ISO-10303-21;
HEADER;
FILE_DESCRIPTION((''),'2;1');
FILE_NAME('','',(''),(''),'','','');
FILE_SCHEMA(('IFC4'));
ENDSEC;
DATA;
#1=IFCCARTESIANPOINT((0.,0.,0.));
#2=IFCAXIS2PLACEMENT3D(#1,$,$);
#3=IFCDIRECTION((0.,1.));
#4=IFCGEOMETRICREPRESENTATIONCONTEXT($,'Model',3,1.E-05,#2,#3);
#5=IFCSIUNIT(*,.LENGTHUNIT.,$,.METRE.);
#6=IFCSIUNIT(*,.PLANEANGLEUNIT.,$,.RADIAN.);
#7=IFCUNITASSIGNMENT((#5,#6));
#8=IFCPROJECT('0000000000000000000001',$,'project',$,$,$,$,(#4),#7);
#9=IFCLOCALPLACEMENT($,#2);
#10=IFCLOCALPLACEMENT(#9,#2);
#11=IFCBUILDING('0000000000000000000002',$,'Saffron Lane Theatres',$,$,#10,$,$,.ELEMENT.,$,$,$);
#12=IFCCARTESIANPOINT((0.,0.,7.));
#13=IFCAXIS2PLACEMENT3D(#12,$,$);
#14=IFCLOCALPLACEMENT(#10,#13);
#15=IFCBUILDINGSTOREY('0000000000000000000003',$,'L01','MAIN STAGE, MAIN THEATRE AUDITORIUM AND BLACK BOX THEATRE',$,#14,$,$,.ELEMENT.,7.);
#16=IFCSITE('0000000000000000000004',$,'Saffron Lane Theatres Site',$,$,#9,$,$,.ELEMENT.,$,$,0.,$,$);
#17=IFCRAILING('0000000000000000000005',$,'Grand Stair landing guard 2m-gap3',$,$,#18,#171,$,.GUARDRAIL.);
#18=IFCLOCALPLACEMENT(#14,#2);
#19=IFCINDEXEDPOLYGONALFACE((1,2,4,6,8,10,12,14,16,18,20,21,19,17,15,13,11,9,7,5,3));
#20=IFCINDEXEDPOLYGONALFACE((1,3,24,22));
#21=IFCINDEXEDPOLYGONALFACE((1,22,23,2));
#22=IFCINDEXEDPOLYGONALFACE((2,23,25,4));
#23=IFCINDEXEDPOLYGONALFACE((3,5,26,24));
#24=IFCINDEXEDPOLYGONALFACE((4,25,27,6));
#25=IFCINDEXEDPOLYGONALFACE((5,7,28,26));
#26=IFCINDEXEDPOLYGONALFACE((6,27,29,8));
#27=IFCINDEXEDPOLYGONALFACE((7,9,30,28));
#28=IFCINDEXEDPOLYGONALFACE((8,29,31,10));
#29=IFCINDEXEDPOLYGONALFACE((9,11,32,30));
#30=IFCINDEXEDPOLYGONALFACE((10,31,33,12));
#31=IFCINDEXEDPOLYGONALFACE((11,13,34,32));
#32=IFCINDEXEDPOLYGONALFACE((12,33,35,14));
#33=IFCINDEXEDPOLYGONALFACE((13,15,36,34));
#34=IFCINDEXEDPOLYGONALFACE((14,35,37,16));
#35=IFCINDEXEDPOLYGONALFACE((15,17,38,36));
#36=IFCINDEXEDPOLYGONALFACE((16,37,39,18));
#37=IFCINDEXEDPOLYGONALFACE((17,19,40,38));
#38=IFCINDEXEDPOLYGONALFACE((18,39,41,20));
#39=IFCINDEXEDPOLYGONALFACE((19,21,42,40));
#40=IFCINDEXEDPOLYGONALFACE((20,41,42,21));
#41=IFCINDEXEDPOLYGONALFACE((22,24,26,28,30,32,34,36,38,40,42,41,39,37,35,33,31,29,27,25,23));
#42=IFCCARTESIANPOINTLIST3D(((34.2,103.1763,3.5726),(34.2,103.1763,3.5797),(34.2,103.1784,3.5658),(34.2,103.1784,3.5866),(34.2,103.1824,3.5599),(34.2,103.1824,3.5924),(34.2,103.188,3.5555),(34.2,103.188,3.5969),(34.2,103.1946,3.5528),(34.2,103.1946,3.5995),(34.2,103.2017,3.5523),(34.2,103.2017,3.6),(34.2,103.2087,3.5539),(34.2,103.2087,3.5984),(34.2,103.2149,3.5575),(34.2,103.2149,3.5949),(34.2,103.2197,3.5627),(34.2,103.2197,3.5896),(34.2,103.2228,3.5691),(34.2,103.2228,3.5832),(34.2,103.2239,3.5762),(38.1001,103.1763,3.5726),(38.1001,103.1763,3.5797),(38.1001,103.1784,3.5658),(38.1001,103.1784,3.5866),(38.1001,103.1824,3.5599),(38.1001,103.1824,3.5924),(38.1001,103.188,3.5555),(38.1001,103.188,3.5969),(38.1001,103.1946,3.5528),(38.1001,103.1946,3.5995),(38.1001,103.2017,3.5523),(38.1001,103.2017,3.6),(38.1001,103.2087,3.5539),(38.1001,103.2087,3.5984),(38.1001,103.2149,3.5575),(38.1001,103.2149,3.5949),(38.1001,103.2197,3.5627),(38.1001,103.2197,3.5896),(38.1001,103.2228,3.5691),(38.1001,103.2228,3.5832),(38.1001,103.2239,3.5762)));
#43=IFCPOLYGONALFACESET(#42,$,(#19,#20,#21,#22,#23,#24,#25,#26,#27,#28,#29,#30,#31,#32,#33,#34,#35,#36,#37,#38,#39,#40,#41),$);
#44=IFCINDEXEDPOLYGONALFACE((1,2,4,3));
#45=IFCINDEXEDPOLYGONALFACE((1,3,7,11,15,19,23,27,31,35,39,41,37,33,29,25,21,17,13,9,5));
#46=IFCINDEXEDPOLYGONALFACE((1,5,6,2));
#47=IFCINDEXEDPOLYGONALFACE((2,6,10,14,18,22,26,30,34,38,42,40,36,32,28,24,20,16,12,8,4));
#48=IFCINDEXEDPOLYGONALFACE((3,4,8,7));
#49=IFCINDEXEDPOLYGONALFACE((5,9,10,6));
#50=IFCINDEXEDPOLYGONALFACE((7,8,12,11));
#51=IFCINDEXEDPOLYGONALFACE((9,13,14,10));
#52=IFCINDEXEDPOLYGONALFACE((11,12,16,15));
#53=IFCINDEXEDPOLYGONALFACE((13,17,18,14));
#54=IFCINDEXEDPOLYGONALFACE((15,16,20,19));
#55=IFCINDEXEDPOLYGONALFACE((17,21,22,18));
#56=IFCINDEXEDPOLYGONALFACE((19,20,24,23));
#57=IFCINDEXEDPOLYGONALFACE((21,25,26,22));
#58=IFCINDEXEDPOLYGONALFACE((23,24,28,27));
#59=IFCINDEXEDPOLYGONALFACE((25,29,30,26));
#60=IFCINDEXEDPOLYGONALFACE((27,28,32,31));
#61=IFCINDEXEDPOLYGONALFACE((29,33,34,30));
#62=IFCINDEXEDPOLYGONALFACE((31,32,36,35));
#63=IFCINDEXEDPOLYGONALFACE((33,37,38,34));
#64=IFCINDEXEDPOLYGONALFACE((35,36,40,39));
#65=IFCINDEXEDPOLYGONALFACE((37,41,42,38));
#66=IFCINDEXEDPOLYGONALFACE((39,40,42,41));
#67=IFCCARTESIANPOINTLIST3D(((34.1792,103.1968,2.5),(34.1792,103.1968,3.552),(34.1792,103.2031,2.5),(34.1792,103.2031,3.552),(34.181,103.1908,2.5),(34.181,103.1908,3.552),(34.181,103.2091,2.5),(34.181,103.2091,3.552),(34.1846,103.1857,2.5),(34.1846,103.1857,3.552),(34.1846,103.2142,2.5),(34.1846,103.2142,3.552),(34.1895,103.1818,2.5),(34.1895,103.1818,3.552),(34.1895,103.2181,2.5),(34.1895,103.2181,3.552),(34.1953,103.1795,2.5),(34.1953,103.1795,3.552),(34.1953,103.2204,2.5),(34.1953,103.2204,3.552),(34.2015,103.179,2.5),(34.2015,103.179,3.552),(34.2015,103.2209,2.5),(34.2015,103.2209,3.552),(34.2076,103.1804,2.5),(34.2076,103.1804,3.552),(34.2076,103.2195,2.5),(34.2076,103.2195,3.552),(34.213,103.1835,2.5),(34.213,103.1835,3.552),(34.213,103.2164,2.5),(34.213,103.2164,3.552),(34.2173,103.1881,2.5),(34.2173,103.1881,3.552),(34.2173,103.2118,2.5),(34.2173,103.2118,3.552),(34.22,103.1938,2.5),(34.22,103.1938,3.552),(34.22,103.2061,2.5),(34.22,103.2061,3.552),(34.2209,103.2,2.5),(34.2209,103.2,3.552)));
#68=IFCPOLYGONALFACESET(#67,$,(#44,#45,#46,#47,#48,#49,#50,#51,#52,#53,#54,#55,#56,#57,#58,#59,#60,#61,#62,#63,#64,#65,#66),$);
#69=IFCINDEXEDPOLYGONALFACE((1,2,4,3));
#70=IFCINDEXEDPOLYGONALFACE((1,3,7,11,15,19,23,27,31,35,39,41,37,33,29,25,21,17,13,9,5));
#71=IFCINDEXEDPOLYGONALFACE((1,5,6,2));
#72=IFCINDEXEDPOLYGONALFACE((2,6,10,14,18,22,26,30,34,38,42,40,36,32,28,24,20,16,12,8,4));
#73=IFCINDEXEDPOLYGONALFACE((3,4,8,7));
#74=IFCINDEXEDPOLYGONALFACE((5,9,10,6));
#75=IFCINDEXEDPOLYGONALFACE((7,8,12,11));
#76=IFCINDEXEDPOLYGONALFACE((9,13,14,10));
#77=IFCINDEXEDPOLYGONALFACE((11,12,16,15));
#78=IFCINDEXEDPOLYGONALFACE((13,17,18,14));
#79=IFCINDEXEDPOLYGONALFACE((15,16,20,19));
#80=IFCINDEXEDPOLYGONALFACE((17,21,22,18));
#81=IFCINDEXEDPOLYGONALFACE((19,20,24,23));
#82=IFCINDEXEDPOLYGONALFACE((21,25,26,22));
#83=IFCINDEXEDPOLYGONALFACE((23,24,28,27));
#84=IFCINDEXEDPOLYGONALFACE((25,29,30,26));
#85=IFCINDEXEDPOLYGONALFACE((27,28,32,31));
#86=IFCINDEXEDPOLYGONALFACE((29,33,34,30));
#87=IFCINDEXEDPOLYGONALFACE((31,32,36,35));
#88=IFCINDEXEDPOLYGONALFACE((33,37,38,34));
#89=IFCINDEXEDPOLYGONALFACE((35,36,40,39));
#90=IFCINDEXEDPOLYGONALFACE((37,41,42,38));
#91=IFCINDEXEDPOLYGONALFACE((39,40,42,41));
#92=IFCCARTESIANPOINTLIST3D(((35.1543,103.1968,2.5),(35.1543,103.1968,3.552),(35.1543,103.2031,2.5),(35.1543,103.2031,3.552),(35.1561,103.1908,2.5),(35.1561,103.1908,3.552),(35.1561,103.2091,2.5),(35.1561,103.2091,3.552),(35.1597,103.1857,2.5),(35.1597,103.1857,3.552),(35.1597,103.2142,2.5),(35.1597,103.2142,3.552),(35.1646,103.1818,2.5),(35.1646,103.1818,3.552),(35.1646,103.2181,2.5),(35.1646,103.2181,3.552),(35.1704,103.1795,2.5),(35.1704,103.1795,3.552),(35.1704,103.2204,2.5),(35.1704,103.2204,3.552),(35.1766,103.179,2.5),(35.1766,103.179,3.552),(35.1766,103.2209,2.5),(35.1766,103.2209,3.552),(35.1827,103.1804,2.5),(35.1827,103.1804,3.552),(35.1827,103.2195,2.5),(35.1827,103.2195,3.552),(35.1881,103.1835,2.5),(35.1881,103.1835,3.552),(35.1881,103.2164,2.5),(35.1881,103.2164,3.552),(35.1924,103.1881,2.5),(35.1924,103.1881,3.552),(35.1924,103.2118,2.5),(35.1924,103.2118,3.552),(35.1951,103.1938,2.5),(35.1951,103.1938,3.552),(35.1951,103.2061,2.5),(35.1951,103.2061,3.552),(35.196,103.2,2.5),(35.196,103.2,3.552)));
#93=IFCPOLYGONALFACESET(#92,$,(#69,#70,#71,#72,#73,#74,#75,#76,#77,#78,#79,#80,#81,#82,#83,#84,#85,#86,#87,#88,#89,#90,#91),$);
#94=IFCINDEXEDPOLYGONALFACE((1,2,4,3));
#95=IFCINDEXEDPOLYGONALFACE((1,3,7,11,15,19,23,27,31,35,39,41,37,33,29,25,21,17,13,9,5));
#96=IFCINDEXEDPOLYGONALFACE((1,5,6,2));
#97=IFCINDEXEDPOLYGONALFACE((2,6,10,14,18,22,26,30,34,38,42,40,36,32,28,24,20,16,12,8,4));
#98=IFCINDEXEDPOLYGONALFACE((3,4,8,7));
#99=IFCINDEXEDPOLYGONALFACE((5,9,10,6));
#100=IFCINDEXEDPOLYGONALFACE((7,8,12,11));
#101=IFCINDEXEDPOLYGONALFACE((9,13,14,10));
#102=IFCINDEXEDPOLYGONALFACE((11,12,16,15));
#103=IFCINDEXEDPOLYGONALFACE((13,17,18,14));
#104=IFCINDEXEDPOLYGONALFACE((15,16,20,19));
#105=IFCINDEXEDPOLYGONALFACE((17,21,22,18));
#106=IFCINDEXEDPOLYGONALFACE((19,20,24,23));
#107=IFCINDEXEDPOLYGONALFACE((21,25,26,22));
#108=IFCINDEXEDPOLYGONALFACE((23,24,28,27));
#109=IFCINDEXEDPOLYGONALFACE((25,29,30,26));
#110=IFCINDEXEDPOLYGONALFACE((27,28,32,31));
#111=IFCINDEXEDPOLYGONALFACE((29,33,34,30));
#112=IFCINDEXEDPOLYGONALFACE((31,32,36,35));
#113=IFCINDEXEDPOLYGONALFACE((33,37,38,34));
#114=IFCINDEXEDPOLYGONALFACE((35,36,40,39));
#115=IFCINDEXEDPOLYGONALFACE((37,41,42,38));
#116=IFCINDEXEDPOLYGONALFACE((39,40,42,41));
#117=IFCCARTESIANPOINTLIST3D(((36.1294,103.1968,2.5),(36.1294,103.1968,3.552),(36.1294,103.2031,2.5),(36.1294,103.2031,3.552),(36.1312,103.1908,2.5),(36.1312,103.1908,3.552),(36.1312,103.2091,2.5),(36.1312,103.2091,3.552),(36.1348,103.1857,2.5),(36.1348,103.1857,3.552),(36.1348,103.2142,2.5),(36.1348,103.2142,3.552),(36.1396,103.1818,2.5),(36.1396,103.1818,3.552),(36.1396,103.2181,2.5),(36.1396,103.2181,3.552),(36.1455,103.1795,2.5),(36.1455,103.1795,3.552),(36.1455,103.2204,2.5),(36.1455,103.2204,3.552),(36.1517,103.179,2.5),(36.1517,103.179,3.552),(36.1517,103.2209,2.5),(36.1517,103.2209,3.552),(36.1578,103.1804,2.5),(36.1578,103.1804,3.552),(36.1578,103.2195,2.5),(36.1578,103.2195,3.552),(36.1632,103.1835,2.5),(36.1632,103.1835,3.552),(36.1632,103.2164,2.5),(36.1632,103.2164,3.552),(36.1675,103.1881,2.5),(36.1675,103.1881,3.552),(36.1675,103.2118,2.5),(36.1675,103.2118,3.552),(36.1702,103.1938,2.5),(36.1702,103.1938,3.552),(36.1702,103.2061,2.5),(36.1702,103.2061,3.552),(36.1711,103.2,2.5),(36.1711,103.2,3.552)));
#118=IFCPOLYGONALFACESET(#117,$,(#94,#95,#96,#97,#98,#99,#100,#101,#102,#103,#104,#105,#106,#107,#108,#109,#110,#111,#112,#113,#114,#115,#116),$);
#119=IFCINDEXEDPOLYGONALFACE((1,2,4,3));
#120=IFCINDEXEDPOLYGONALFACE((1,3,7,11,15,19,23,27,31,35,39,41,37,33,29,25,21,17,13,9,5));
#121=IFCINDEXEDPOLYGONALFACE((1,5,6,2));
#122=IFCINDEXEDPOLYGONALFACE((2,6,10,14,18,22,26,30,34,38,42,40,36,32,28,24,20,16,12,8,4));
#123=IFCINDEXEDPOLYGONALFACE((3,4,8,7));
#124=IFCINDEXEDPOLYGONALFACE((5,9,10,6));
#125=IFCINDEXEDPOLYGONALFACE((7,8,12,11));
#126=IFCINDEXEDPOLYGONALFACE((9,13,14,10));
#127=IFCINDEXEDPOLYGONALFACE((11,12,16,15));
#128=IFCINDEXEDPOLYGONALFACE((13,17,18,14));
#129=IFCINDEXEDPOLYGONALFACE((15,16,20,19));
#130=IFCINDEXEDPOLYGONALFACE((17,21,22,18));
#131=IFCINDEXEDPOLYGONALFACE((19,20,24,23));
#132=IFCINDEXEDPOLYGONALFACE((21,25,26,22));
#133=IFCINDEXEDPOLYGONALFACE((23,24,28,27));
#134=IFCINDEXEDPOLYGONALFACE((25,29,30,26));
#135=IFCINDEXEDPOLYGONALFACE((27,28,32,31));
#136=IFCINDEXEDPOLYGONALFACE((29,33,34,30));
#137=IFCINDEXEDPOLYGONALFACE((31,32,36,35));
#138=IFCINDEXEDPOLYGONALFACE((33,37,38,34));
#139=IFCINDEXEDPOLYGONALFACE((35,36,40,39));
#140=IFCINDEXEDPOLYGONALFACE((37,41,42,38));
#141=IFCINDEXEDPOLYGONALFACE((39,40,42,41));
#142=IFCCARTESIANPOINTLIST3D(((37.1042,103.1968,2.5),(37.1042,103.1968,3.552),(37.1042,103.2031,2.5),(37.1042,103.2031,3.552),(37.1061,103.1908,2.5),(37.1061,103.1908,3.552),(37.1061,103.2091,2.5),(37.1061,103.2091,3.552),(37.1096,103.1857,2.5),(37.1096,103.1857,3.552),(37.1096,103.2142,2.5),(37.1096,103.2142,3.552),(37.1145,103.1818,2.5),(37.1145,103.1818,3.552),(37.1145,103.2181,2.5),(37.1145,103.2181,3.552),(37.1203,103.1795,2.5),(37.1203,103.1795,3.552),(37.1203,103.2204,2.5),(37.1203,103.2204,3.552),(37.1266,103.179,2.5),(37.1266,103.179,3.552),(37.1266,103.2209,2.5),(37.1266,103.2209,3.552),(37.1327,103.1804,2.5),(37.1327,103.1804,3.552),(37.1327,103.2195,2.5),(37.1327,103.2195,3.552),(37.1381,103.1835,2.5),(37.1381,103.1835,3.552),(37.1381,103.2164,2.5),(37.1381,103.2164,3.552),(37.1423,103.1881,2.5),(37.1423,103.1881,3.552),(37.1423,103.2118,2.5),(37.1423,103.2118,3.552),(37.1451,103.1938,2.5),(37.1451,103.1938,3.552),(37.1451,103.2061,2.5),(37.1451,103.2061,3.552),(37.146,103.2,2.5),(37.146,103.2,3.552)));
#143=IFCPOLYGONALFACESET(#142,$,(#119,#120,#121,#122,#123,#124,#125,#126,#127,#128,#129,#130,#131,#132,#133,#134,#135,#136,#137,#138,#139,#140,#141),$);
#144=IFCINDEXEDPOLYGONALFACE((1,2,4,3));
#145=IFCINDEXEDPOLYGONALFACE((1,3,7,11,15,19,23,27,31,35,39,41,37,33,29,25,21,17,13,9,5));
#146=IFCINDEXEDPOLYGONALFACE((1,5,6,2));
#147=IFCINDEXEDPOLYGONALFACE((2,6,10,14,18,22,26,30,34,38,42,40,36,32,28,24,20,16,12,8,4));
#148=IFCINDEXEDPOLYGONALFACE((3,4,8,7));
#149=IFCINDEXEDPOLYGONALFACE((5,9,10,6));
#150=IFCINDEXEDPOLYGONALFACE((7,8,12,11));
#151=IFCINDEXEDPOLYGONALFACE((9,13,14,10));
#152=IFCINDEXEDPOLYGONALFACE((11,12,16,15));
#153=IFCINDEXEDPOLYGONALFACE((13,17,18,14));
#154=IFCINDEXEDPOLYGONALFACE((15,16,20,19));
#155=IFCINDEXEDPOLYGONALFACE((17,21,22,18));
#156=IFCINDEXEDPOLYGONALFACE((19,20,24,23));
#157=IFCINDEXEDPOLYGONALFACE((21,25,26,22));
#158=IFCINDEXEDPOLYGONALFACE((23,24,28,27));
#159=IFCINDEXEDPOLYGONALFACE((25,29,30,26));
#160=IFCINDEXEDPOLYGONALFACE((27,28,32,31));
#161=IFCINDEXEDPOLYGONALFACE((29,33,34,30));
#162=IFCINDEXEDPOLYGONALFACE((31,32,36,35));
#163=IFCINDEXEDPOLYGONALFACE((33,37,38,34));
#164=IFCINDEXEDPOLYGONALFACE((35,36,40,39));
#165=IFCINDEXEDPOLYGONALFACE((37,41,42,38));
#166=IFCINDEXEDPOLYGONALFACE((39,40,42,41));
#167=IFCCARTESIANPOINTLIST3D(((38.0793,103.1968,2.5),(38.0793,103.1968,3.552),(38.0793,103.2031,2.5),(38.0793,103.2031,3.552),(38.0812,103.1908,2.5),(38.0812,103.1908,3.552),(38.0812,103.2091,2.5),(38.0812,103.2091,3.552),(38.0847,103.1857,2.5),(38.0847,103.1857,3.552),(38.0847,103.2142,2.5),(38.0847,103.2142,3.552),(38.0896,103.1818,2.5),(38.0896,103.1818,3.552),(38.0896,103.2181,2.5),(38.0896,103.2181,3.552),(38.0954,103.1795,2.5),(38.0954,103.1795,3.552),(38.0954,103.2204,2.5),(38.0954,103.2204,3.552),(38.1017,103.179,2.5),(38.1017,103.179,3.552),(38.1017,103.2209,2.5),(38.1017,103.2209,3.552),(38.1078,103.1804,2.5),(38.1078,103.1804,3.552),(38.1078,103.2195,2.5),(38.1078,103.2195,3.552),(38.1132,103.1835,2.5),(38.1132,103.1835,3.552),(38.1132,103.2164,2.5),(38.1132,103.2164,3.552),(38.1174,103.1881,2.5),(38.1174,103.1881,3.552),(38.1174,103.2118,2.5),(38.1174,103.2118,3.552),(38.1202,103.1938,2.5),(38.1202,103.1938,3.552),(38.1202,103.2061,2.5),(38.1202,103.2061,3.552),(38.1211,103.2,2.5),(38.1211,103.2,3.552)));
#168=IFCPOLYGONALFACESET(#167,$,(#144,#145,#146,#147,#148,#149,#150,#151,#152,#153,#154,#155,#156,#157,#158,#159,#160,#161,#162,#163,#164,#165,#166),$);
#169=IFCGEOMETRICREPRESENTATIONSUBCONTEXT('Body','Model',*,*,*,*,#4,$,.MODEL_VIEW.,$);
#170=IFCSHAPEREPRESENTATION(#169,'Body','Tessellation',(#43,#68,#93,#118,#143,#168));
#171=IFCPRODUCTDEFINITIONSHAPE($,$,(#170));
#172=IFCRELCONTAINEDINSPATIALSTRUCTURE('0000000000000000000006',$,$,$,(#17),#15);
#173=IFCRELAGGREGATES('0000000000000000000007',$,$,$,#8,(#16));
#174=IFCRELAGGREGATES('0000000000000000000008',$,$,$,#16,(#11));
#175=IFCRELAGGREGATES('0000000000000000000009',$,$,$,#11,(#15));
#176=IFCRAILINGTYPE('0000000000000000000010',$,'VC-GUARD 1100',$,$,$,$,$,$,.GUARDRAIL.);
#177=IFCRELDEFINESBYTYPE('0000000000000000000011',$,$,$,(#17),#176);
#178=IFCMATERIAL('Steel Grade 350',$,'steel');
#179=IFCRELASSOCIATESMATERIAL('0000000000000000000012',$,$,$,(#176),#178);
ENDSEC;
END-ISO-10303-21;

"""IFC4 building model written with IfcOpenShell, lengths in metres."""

from ifc_helpers import new_model, si_unit, direction, frame, origin, origin_2d, place, context, subcontext, project, spatial, circle, extrude, material, type_object, element, save


model = new_model("IFC4")

# Units and contexts
model_context = context("Model", 3, precision=1e-05, world=origin(), true_north=direction((0.0, 1.0)))
body_context = subcontext(model_context, "Body", "Model", "MODEL_VIEW")
ifc_project = project(units=[si_unit("LENGTHUNIT", "METRE"), si_unit("PLANEANGLEUNIT", "RADIAN")], contexts=[model_context])

# Site, building, storey
site_placement = place(None, origin())
site = spatial("IfcSite", under=ifc_project, at=site_placement, Name="Saffron Lane Theatres Site", CompositionType="ELEMENT", RefElevation=0.0)
building_placement = place(site_placement, origin())
building = spatial("IfcBuilding", under=site, at=building_placement, Name="Saffron Lane Theatres", CompositionType="ELEMENT")
storey_placement = place(building_placement, frame((0.0, 0.0, 7.0)))
storey = spatial("IfcBuildingStorey", under=building, at=storey_placement, Name="L01", Description="MAIN STAGE, MAIN THEATRE AUDITORIUM AND BLACK BOX THEATRE", CompositionType="ELEMENT", Elevation=7.0)

# Railing
ifc_material_1 = material(Name="Steel Grade 350", Category="steel")
railing_type_1 = type_object("IfcRailingType", Name="VC-GUARD 1100", PredefinedType="GUARDRAIL", material=ifc_material_1)
railing_1_placement = place(storey_placement, frame((34.2, 103.2, 2.5)))
element("IfcRailing", 1, at=railing_1_placement, inside=storey, type_object=railing_type_1, Name="Grand Stair landing guard 2m-gap3", PredefinedType="GUARDRAIL", context=body_context, shape_type="SweptSolid", body=[
    extrude(circle(Radius=0.0239, at=origin_2d()), frame((0.0, 0.0, 1.0762), z_axis=(1.0, 0.0, 0.0), x_axis=(0.0, 1.0, 0.0)), (0.0, 0.0, 1.0), 3.9001),
    extrude(circle(Radius=0.021, at=origin_2d()), origin(), (0.0, 0.0, 1.0), 1.052),
    extrude(circle(Radius=0.021, at=origin_2d()), frame((0.9751, 0.0, 0.0)), (0.0, 0.0, 1.0), 1.052),
    extrude(circle(Radius=0.021, at=origin_2d()), frame((1.9502, 0.0, 0.0)), (0.0, 0.0, 1.0), 1.052),
    extrude(circle(Radius=0.021, at=origin_2d()), frame((2.925, 0.0, 0.0)), (0.0, 0.0, 1.0), 1.052),
    extrude(circle(Radius=0.021, at=origin_2d()), frame((3.9001, 0.0, 0.0)), (0.0, 0.0, 1.0), 1.052),
])

save(model, "model.ifc")
